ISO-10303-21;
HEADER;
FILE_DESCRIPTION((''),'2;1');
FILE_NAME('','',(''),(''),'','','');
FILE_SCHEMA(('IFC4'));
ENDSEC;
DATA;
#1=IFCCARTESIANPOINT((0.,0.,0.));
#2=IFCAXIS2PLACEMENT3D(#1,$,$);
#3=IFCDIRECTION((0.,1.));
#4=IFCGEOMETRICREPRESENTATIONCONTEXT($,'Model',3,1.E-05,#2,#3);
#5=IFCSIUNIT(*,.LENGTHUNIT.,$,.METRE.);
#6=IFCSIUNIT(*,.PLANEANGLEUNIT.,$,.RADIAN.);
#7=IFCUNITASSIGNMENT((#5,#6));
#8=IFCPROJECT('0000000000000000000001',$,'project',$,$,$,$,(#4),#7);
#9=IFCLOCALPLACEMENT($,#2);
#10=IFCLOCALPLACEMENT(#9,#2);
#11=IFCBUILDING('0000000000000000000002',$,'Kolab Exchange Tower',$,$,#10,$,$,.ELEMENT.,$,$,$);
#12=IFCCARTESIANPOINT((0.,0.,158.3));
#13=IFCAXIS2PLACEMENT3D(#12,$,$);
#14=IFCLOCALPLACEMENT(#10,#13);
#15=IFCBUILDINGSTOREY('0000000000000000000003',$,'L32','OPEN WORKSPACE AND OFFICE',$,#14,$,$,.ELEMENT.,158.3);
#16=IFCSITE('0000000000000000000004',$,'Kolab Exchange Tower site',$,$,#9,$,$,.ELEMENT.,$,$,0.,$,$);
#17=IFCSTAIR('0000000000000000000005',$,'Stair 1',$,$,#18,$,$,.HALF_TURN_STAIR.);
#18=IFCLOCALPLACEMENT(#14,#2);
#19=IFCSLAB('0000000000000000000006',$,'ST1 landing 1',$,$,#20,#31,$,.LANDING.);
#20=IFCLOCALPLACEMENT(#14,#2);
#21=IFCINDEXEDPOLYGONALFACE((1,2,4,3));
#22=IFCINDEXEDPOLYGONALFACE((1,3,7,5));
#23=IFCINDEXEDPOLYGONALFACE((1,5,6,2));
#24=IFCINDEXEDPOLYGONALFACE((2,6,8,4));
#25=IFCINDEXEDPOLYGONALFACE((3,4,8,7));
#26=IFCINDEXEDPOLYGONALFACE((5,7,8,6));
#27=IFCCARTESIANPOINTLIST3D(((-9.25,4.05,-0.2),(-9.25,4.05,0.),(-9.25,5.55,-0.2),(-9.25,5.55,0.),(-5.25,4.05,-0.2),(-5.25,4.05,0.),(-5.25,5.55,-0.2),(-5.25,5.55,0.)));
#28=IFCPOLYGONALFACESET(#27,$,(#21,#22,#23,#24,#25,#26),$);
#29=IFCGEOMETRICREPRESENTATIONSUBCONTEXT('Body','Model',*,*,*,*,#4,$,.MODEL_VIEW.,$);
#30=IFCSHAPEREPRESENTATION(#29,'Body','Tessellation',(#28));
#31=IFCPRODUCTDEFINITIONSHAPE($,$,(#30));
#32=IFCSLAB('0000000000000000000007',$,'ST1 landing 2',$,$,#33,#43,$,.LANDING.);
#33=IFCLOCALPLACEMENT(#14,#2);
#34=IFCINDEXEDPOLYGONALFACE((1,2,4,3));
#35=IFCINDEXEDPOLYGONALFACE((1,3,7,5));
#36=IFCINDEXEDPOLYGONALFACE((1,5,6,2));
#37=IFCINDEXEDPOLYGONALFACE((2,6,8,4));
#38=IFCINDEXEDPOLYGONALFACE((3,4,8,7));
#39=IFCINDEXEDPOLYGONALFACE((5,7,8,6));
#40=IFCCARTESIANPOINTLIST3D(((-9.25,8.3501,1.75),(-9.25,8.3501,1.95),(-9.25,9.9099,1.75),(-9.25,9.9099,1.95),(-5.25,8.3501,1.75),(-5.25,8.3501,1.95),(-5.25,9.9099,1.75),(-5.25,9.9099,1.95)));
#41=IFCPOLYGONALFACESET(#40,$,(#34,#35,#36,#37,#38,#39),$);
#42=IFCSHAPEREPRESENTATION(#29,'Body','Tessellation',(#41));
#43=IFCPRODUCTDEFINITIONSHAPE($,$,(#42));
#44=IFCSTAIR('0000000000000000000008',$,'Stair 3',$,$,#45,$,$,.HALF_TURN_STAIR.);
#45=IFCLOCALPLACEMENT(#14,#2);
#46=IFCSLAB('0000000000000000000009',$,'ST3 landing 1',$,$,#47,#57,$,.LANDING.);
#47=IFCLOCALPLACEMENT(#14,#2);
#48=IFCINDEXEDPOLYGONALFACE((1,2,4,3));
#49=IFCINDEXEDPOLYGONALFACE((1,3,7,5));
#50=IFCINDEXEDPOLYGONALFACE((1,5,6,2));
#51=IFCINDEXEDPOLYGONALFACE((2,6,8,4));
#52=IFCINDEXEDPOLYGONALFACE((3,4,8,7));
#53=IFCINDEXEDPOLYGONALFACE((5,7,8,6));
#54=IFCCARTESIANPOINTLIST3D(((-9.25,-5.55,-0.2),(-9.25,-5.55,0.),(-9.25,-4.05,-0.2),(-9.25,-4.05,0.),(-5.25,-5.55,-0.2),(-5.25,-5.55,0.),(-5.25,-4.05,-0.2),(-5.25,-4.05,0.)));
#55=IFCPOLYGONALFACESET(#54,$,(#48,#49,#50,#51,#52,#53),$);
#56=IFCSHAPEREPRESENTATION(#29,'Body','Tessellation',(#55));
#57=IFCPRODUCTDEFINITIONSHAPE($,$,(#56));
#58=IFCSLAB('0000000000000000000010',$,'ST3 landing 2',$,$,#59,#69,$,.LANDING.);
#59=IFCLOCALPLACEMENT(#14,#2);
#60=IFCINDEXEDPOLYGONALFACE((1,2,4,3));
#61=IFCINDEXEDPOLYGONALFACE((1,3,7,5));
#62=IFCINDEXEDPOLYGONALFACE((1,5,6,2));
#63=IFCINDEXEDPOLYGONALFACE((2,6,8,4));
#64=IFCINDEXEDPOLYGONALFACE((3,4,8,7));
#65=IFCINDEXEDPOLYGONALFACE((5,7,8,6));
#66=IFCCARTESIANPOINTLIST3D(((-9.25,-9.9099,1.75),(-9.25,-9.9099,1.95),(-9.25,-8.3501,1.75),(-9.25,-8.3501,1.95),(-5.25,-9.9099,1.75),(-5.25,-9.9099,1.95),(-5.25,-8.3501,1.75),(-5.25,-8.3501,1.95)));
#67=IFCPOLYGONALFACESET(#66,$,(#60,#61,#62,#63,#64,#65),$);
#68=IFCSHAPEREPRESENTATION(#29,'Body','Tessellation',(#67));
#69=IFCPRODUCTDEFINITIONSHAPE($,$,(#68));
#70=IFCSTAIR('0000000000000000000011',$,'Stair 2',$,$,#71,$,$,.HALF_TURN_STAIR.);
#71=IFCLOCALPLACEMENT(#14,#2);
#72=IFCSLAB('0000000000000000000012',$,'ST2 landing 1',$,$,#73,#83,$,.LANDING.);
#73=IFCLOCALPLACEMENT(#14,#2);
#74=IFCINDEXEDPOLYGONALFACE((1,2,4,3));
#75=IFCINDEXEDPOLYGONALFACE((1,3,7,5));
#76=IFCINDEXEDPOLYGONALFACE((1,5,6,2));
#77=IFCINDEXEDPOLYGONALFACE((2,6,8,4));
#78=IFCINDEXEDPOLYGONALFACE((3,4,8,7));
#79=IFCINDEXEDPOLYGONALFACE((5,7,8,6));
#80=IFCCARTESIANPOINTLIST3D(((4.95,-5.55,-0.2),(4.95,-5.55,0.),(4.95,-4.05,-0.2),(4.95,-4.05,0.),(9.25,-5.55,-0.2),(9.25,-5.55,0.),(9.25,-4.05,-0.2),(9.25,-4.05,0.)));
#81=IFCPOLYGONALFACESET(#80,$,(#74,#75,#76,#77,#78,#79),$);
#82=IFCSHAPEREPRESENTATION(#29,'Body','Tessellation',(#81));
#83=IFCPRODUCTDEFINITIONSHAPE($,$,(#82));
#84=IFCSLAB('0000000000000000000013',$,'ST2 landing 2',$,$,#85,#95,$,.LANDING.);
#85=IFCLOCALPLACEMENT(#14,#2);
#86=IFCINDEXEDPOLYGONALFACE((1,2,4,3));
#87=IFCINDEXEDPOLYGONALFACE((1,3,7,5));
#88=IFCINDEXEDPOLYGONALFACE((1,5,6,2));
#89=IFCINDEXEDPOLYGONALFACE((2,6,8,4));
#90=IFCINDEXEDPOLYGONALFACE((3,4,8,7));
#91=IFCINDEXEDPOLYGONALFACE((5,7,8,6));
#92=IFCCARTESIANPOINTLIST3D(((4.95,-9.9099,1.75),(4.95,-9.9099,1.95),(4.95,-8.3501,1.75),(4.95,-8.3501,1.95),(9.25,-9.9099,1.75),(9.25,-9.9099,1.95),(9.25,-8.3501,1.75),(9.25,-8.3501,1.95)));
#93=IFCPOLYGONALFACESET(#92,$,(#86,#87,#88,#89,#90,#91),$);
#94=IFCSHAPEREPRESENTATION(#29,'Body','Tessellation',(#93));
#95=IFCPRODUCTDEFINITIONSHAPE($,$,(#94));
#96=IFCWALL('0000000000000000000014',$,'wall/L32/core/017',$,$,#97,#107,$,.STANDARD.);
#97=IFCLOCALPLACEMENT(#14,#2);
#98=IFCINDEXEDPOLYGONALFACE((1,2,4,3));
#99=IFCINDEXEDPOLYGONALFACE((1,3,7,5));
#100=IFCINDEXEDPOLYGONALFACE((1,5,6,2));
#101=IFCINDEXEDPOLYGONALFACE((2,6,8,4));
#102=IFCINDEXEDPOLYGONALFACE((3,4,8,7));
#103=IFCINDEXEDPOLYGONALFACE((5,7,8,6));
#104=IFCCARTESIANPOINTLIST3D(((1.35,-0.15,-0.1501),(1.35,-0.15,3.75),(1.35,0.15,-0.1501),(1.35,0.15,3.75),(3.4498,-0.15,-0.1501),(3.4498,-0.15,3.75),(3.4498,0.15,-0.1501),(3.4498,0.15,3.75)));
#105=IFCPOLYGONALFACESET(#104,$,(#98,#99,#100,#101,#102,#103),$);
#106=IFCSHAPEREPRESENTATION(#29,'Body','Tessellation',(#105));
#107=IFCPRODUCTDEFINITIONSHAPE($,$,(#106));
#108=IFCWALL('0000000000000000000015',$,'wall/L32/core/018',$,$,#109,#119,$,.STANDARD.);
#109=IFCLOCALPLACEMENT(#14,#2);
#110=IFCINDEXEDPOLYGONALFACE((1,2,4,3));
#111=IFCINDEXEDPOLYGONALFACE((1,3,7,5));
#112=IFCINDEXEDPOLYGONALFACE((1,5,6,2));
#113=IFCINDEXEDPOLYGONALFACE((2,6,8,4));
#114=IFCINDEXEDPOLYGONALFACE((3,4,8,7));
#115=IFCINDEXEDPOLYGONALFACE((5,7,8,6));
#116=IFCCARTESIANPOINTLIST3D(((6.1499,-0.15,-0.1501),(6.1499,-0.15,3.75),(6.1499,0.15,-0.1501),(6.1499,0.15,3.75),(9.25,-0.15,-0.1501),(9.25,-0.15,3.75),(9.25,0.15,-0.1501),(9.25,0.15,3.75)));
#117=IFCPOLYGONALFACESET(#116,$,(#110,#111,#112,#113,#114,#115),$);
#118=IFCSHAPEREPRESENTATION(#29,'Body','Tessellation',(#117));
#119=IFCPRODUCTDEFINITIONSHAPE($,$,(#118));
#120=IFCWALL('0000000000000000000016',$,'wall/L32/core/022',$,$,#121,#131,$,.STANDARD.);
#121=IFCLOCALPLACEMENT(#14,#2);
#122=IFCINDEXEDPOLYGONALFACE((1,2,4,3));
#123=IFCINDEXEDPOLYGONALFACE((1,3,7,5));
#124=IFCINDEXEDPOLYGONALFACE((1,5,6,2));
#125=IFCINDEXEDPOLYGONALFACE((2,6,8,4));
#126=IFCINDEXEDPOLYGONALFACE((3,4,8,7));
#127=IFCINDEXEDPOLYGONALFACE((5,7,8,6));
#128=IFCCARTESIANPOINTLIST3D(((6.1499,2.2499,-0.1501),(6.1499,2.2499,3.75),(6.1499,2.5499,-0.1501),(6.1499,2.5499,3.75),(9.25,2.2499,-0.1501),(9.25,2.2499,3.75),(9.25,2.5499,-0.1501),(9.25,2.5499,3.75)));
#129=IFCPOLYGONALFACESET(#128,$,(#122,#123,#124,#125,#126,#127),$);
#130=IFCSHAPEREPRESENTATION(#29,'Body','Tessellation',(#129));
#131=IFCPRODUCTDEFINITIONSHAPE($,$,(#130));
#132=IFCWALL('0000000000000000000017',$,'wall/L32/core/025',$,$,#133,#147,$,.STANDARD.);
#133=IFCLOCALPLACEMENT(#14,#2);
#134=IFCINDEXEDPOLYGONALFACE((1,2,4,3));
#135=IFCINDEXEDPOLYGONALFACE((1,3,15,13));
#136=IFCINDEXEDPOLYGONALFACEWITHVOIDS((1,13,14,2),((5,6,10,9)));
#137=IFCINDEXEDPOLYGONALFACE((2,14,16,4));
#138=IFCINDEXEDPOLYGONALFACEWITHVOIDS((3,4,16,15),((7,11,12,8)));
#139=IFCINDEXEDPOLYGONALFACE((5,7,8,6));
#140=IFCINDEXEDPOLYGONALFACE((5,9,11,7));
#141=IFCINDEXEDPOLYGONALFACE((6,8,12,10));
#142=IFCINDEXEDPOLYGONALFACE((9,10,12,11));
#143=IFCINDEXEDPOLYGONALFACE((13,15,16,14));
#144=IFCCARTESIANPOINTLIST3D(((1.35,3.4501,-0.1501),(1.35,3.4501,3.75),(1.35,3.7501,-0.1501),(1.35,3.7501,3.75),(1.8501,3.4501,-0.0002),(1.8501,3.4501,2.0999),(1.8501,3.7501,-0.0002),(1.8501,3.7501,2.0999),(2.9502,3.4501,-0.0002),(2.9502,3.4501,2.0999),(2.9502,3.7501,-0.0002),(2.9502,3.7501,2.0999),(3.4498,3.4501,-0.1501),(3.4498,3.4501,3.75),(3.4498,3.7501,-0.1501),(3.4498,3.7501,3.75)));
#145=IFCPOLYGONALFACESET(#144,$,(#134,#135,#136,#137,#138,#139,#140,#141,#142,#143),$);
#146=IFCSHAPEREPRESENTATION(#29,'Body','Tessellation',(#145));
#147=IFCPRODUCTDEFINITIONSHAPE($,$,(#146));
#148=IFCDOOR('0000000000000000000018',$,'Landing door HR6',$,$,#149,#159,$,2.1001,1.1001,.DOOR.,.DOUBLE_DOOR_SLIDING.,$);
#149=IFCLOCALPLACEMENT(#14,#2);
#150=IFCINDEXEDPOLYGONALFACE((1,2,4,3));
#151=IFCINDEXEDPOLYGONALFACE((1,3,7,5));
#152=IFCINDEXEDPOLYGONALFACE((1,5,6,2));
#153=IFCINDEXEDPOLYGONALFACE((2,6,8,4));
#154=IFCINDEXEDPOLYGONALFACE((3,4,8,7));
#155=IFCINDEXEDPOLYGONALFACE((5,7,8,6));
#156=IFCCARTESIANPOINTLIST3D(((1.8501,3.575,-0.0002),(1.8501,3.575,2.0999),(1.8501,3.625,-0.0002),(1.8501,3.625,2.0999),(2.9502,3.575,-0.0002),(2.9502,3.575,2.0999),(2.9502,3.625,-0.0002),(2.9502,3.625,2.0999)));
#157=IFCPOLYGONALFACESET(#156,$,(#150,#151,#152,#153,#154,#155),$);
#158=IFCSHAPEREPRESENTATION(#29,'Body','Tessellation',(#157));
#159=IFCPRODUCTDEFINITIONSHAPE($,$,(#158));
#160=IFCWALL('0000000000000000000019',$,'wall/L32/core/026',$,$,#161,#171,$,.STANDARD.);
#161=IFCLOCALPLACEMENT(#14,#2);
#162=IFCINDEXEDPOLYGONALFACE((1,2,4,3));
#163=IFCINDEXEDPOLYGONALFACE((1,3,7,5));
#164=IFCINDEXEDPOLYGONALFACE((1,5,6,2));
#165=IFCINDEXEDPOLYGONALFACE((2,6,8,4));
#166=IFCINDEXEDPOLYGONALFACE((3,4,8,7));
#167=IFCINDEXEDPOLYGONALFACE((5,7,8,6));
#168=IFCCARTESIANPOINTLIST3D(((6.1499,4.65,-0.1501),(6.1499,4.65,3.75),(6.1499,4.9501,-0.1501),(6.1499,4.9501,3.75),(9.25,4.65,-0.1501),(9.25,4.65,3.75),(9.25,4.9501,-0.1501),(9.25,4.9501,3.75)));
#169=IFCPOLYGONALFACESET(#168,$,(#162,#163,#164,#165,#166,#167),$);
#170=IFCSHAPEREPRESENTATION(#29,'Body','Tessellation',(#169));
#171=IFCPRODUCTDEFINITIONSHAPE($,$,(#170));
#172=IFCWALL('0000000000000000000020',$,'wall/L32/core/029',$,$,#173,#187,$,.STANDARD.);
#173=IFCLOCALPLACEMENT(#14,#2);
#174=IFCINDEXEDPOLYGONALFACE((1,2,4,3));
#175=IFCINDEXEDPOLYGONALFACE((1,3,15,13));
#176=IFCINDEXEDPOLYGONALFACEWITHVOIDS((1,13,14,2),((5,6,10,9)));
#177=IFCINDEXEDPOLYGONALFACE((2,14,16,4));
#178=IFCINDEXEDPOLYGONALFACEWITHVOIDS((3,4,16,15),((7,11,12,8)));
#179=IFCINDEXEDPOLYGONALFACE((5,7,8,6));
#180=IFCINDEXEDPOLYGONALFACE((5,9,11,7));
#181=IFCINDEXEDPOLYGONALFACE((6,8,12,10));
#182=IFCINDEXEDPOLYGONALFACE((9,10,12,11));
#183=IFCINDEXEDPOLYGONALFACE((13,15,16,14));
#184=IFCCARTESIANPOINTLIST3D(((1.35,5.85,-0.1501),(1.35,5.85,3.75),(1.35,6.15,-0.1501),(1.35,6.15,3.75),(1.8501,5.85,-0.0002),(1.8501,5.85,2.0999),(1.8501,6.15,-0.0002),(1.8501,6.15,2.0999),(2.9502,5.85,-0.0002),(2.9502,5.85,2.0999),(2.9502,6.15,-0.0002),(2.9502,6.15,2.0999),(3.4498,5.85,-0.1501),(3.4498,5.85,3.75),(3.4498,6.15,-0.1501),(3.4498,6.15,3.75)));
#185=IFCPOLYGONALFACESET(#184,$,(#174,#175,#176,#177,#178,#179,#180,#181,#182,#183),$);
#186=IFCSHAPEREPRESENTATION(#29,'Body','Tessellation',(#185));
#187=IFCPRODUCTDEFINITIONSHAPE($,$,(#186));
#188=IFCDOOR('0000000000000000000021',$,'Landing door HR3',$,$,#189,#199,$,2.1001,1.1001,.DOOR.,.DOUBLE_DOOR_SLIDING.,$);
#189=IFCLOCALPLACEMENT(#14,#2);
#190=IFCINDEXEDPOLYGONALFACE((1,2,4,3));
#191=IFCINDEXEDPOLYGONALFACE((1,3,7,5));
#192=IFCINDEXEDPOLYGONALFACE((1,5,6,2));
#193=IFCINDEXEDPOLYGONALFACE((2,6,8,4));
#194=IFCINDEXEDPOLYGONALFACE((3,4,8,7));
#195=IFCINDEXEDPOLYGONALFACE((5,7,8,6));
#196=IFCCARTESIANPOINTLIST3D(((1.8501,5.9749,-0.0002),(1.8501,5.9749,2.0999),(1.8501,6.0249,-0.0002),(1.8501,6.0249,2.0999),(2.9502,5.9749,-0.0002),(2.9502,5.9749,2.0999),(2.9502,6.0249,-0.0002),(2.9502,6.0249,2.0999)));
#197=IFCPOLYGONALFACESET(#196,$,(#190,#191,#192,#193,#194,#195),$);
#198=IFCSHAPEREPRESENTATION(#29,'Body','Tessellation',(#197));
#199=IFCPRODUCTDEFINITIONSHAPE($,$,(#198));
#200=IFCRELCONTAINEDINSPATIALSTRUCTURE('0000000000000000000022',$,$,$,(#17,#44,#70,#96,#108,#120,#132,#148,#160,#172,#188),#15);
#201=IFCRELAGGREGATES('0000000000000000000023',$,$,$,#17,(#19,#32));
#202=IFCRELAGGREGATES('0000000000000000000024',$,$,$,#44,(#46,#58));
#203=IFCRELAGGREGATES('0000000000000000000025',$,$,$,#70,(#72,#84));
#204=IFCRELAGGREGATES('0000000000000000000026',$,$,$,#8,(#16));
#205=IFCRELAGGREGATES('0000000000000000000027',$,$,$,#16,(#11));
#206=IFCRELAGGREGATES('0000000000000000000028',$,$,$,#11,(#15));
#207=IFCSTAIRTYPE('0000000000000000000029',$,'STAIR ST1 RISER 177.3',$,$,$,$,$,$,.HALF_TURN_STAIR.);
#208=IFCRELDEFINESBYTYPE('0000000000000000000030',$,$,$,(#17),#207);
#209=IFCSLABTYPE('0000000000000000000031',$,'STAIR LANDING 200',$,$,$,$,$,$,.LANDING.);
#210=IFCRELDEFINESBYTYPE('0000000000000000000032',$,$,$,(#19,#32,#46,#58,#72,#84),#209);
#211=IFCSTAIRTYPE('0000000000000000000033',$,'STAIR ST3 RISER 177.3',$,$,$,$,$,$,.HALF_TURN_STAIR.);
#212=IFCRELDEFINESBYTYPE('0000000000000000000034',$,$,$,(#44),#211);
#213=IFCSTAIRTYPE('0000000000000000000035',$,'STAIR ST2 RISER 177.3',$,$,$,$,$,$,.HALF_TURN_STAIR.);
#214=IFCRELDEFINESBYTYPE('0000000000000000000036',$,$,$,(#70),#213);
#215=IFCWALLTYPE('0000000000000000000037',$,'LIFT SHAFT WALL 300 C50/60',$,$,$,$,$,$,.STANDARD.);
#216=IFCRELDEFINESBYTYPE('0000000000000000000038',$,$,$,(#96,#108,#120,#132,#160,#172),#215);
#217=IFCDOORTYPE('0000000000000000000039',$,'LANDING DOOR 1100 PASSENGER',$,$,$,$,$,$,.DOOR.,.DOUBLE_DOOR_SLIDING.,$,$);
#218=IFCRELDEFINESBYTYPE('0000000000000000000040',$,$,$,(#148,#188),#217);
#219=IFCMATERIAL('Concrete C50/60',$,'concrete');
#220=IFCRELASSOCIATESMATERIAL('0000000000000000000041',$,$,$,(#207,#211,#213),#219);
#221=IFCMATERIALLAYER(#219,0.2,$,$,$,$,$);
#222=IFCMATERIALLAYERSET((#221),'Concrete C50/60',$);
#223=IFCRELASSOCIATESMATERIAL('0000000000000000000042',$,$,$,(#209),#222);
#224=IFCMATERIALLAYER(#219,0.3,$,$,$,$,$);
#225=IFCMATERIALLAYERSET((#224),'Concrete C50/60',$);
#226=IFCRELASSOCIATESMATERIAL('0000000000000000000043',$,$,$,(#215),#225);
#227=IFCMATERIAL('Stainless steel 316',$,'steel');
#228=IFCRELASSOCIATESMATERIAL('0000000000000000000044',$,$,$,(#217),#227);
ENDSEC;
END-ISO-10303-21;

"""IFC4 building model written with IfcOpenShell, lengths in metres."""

from ifc_helpers import new_model, si_unit, direction, frame, frame_2d, origin, place, context, subcontext, project, spatial, polyline, rectangle, outline, extrude, material, layer, layer_set, type_object, element, fill, aggregate, save


model = new_model("IFC4")

# Units and contexts
model_context = context("Model", 3, precision=1e-05, world=origin(), true_north=direction((0.0, 1.0)))
body_context = subcontext(model_context, "Body", "Model", "MODEL_VIEW")
ifc_project = project(units=[si_unit("LENGTHUNIT", "METRE"), si_unit("PLANEANGLEUNIT", "RADIAN")], contexts=[model_context])

# Site, building, storey
site_placement = place(None, origin())
site = spatial("IfcSite", under=ifc_project, at=site_placement, Name="Kolab Exchange Tower site", CompositionType="ELEMENT", RefElevation=0.0)
building_placement = place(site_placement, origin())
building = spatial("IfcBuilding", under=site, at=building_placement, Name="Kolab Exchange Tower", CompositionType="ELEMENT")
storey_placement = place(building_placement, frame((0.0, 0.0, 158.3)))
storey = spatial("IfcBuildingStorey", under=building, at=storey_placement, Name="L32", Description="OPEN WORKSPACE AND OFFICE", CompositionType="ELEMENT", Elevation=158.3)

# Stairs, slabs
ifc_material_1 = material(Name="Concrete C50/60", Category="concrete")
stair_type_1 = type_object("IfcStairType", Name="STAIR ST1 RISER 177.3", PredefinedType="HALF_TURN_STAIR", material=ifc_material_1)
stair_1_placement = place(storey_placement, origin())
stair_1 = element("IfcStair", 1, at=stair_1_placement, inside=storey, type_object=stair_type_1, Name="Stair 1", PredefinedType="HALF_TURN_STAIR")
ifc_layer_1 = layer(ifc_material_1, 0.2)
ifc_layer_set_1 = layer_set([ifc_layer_1], Name="Concrete C50/60")
slab_type_1 = type_object("IfcSlabType", Name="STAIR LANDING 200", PredefinedType="LANDING", material=ifc_layer_set_1)
slab_1_placement = place(storey_placement, frame((0.0, 0.0, -0.2)))
slab_1 = element("IfcSlab", 2, at=slab_1_placement, type_object=slab_type_1, Name="ST1 landing 1", PredefinedType="LANDING", context=body_context, shape_type="SweptSolid", body=[
    extrude(outline(polyline([(-9.25, 4.05), (-5.25, 4.05), (-5.25, 5.55), (-9.25, 5.55), (-9.25, 4.05)])), origin(), (0.0, 0.0, 1.0), 0.2),
])
slab_2_placement = place(storey_placement, frame((0.0, 0.0, 1.75)))
slab_2 = element("IfcSlab", 3, at=slab_2_placement, type_object=slab_type_1, Name="ST1 landing 2", PredefinedType="LANDING", context=body_context, shape_type="SweptSolid", body=[
    extrude(outline(polyline([(-9.25, 8.3501), (-5.25, 8.3501), (-5.25, 9.9099), (-9.25, 9.9099), (-9.25, 8.3501)])), origin(), (0.0, 0.0, 1.0), 0.2),
])
aggregate(stair_1, [slab_1, slab_2])
stair_type_2 = type_object("IfcStairType", Name="STAIR ST3 RISER 177.3", PredefinedType="HALF_TURN_STAIR", material=ifc_material_1)
stair_2_placement = place(storey_placement, origin())
stair_2 = element("IfcStair", 4, at=stair_2_placement, inside=storey, type_object=stair_type_2, Name="Stair 3", PredefinedType="HALF_TURN_STAIR")
slab_3_placement = place(storey_placement, frame((0.0, 0.0, -0.2)))
slab_3 = element("IfcSlab", 5, at=slab_3_placement, type_object=slab_type_1, Name="ST3 landing 1", PredefinedType="LANDING", context=body_context, shape_type="SweptSolid", body=[
    extrude(outline(polyline([(-9.25, -5.55), (-5.25, -5.55), (-5.25, -4.05), (-9.25, -4.05), (-9.25, -5.55)])), origin(), (0.0, 0.0, 1.0), 0.2),
])
slab_4_placement = place(storey_placement, frame((0.0, 0.0, 1.75)))
slab_4 = element("IfcSlab", 6, at=slab_4_placement, type_object=slab_type_1, Name="ST3 landing 2", PredefinedType="LANDING", context=body_context, shape_type="SweptSolid", body=[
    extrude(outline(polyline([(-9.25, -9.9099), (-5.25, -9.9099), (-5.25, -8.3501), (-9.25, -8.3501), (-9.25, -9.9099)])), origin(), (0.0, 0.0, 1.0), 0.2),
])
aggregate(stair_2, [slab_3, slab_4])
stair_type_3 = type_object("IfcStairType", Name="STAIR ST2 RISER 177.3", PredefinedType="HALF_TURN_STAIR", material=ifc_material_1)
stair_3_placement = place(storey_placement, origin())
stair_3 = element("IfcStair", 7, at=stair_3_placement, inside=storey, type_object=stair_type_3, Name="Stair 2", PredefinedType="HALF_TURN_STAIR")
slab_5_placement = place(storey_placement, frame((0.0, 0.0, -0.2)))
slab_5 = element("IfcSlab", 8, at=slab_5_placement, type_object=slab_type_1, Name="ST2 landing 1", PredefinedType="LANDING", context=body_context, shape_type="SweptSolid", body=[
    extrude(outline(polyline([(4.95, -5.55), (9.25, -5.55), (9.25, -4.05), (4.95, -4.05), (4.95, -5.55)])), origin(), (0.0, 0.0, 1.0), 0.2),
])
slab_6_placement = place(storey_placement, frame((0.0, 0.0, 1.75)))
slab_6 = element("IfcSlab", 9, at=slab_6_placement, type_object=slab_type_1, Name="ST2 landing 2", PredefinedType="LANDING", context=body_context, shape_type="SweptSolid", body=[
    extrude(outline(polyline([(4.95, -9.9099), (9.25, -9.9099), (9.25, -8.3501), (4.95, -8.3501), (4.95, -9.9099)])), origin(), (0.0, 0.0, 1.0), 0.2),
])
aggregate(stair_3, [slab_5, slab_6])

# Walls
ifc_layer_2 = layer(ifc_material_1, 0.3)
ifc_layer_set_2 = layer_set([ifc_layer_2], Name="Concrete C50/60")
wall_type_1 = type_object("IfcWallType", Name="LIFT SHAFT WALL 300 C50/60", PredefinedType="STANDARD", material=ifc_layer_set_2)
wall_1_placement = place(storey_placement, frame((1.3501, 0.0, -0.1501), z_axis=(0.0, 0.0, 1.0), x_axis=(1.0, 0.0, 0.0)))
element("IfcWall", 10, at=wall_1_placement, inside=storey, type_object=wall_type_1, Name="wall/L32/core/017", PredefinedType="STANDARD", context=body_context, shape_type="SweptSolid", body=[
    extrude(rectangle(XDim=2.0999, YDim=0.3, at=frame_2d((1.0498, 0.0))), origin(), (0.0, 0.0, 1.0), 3.9001),
])
for number, where, z_axis, x_axis, name in (
    (11, (6.1499, 0.0, -0.1501), (0.0, 0.0, 1.0), (1.0, 0.0, 0.0), "wall/L32/core/018"),
    (12, (6.1499, 2.3999, -0.1501), (0.0, 0.0, 1.0), (1.0, 0.0, 0.0), "wall/L32/core/022"),
):
    element("IfcWall", number, at=place(storey_placement, frame(where, z_axis=z_axis, x_axis=x_axis)), inside=storey, type_object=wall_type_1, Name=name, PredefinedType="STANDARD", context=body_context, shape_type="SweptSolid", body=[
        extrude(rectangle(XDim=3.1001, YDim=0.3, at=frame_2d((1.55, 0.0))), origin(), (0.0, 0.0, 1.0), 3.9001),
    ])

# Wall, opening, door
wall_2_placement = place(storey_placement, frame((1.3501, 3.6001, -0.1501), z_axis=(0.0, 0.0, 1.0), x_axis=(1.0, 0.0, 0.0)))
wall_2 = element("IfcWall", 13, at=wall_2_placement, inside=storey, type_object=wall_type_1, Name="wall/L32/core/025", PredefinedType="STANDARD", context=body_context, shape_type="SweptSolid", body=[
    extrude(rectangle(XDim=2.0999, YDim=0.3, at=frame_2d((1.0498, 0.0))), origin(), (0.0, 0.0, 1.0), 3.9001),
])
opening_1_placement = place(wall_2_placement, frame((0.5, 0.0, 0.1499)))
opening_1 = element("IfcOpeningElement", 14, at=opening_1_placement, cuts=wall_2, PredefinedType="OPENING", context=body_context, shape_type="SweptSolid", body=[
    extrude(rectangle(XDim=1.1001, YDim=2.1001, at=frame_2d((0.55, 1.05))), frame((0.0, 0.1602, 0.0), z_axis=(0.0, -1.0, 0.0), x_axis=(1.0, 0.0, 0.0)), (0.0, 0.0, 1.0), 0.3201),
])
ifc_material_2 = material(Name="Stainless steel 316", Category="steel")
door_type_1 = type_object("IfcDoorType", Name="LANDING DOOR 1100 PASSENGER", OperationType="DOUBLE_DOOR_SLIDING", PredefinedType="DOOR", material=ifc_material_2)
door_1_placement = place(opening_1_placement, origin())
door_1 = element("IfcDoor", 15, at=door_1_placement, inside=storey, type_object=door_type_1, Name="Landing door HR6", OperationType="DOUBLE_DOOR_SLIDING", OverallHeight=2.1001, OverallWidth=1.1001, PredefinedType="DOOR", context=body_context, shape_type="SweptSolid", body=[
    extrude(rectangle(XDim=1.1001, YDim=2.1001, at=frame_2d((0.55, 1.05))), frame((0.0, 0.0249, 0.0), z_axis=(0.0, -1.0, 0.0), x_axis=(1.0, 0.0, 0.0)), (0.0, 0.0, 1.0), 0.05),
])
fill(opening_1, door_1)

# Wall
wall_3_placement = place(storey_placement, frame((6.1499, 4.8, -0.1501), z_axis=(0.0, 0.0, 1.0), x_axis=(1.0, 0.0, 0.0)))
element("IfcWall", 16, at=wall_3_placement, inside=storey, type_object=wall_type_1, Name="wall/L32/core/026", PredefinedType="STANDARD", context=body_context, shape_type="SweptSolid", body=[
    extrude(rectangle(XDim=3.1001, YDim=0.3, at=frame_2d((1.55, 0.0))), origin(), (0.0, 0.0, 1.0), 3.9001),
])

# Wall, opening, door
wall_4_placement = place(storey_placement, frame((1.3501, 6.0, -0.1501), z_axis=(0.0, 0.0, 1.0), x_axis=(1.0, 0.0, 0.0)))
wall_4 = element("IfcWall", 17, at=wall_4_placement, inside=storey, type_object=wall_type_1, Name="wall/L32/core/029", PredefinedType="STANDARD", context=body_context, shape_type="SweptSolid", body=[
    extrude(rectangle(XDim=2.0999, YDim=0.3, at=frame_2d((1.0498, 0.0))), origin(), (0.0, 0.0, 1.0), 3.9001),
])
opening_2_placement = place(wall_4_placement, frame((0.5, 0.0, 0.1499)))
opening_2 = element("IfcOpeningElement", 18, at=opening_2_placement, cuts=wall_4, PredefinedType="OPENING", context=body_context, shape_type="SweptSolid", body=[
    extrude(rectangle(XDim=1.1001, YDim=2.1001, at=frame_2d((0.55, 1.05))), frame((0.0, 0.1602, 0.0), z_axis=(0.0, -1.0, 0.0), x_axis=(1.0, 0.0, 0.0)), (0.0, 0.0, 1.0), 0.3201),
])
door_2_placement = place(opening_2_placement, origin())
door_2 = element("IfcDoor", 19, at=door_2_placement, inside=storey, type_object=door_type_1, Name="Landing door HR3", OperationType="DOUBLE_DOOR_SLIDING", OverallHeight=2.1001, OverallWidth=1.1001, PredefinedType="DOOR", context=body_context, shape_type="SweptSolid", body=[
    extrude(rectangle(XDim=1.1001, YDim=2.1001, at=frame_2d((0.55, 1.05))), frame((0.0, 0.0249, 0.0), z_axis=(0.0, -1.0, 0.0), x_axis=(1.0, 0.0, 0.0)), (0.0, 0.0, 1.0), 0.05),
])
fill(opening_2, door_2)

save(model, "model.ifc")
